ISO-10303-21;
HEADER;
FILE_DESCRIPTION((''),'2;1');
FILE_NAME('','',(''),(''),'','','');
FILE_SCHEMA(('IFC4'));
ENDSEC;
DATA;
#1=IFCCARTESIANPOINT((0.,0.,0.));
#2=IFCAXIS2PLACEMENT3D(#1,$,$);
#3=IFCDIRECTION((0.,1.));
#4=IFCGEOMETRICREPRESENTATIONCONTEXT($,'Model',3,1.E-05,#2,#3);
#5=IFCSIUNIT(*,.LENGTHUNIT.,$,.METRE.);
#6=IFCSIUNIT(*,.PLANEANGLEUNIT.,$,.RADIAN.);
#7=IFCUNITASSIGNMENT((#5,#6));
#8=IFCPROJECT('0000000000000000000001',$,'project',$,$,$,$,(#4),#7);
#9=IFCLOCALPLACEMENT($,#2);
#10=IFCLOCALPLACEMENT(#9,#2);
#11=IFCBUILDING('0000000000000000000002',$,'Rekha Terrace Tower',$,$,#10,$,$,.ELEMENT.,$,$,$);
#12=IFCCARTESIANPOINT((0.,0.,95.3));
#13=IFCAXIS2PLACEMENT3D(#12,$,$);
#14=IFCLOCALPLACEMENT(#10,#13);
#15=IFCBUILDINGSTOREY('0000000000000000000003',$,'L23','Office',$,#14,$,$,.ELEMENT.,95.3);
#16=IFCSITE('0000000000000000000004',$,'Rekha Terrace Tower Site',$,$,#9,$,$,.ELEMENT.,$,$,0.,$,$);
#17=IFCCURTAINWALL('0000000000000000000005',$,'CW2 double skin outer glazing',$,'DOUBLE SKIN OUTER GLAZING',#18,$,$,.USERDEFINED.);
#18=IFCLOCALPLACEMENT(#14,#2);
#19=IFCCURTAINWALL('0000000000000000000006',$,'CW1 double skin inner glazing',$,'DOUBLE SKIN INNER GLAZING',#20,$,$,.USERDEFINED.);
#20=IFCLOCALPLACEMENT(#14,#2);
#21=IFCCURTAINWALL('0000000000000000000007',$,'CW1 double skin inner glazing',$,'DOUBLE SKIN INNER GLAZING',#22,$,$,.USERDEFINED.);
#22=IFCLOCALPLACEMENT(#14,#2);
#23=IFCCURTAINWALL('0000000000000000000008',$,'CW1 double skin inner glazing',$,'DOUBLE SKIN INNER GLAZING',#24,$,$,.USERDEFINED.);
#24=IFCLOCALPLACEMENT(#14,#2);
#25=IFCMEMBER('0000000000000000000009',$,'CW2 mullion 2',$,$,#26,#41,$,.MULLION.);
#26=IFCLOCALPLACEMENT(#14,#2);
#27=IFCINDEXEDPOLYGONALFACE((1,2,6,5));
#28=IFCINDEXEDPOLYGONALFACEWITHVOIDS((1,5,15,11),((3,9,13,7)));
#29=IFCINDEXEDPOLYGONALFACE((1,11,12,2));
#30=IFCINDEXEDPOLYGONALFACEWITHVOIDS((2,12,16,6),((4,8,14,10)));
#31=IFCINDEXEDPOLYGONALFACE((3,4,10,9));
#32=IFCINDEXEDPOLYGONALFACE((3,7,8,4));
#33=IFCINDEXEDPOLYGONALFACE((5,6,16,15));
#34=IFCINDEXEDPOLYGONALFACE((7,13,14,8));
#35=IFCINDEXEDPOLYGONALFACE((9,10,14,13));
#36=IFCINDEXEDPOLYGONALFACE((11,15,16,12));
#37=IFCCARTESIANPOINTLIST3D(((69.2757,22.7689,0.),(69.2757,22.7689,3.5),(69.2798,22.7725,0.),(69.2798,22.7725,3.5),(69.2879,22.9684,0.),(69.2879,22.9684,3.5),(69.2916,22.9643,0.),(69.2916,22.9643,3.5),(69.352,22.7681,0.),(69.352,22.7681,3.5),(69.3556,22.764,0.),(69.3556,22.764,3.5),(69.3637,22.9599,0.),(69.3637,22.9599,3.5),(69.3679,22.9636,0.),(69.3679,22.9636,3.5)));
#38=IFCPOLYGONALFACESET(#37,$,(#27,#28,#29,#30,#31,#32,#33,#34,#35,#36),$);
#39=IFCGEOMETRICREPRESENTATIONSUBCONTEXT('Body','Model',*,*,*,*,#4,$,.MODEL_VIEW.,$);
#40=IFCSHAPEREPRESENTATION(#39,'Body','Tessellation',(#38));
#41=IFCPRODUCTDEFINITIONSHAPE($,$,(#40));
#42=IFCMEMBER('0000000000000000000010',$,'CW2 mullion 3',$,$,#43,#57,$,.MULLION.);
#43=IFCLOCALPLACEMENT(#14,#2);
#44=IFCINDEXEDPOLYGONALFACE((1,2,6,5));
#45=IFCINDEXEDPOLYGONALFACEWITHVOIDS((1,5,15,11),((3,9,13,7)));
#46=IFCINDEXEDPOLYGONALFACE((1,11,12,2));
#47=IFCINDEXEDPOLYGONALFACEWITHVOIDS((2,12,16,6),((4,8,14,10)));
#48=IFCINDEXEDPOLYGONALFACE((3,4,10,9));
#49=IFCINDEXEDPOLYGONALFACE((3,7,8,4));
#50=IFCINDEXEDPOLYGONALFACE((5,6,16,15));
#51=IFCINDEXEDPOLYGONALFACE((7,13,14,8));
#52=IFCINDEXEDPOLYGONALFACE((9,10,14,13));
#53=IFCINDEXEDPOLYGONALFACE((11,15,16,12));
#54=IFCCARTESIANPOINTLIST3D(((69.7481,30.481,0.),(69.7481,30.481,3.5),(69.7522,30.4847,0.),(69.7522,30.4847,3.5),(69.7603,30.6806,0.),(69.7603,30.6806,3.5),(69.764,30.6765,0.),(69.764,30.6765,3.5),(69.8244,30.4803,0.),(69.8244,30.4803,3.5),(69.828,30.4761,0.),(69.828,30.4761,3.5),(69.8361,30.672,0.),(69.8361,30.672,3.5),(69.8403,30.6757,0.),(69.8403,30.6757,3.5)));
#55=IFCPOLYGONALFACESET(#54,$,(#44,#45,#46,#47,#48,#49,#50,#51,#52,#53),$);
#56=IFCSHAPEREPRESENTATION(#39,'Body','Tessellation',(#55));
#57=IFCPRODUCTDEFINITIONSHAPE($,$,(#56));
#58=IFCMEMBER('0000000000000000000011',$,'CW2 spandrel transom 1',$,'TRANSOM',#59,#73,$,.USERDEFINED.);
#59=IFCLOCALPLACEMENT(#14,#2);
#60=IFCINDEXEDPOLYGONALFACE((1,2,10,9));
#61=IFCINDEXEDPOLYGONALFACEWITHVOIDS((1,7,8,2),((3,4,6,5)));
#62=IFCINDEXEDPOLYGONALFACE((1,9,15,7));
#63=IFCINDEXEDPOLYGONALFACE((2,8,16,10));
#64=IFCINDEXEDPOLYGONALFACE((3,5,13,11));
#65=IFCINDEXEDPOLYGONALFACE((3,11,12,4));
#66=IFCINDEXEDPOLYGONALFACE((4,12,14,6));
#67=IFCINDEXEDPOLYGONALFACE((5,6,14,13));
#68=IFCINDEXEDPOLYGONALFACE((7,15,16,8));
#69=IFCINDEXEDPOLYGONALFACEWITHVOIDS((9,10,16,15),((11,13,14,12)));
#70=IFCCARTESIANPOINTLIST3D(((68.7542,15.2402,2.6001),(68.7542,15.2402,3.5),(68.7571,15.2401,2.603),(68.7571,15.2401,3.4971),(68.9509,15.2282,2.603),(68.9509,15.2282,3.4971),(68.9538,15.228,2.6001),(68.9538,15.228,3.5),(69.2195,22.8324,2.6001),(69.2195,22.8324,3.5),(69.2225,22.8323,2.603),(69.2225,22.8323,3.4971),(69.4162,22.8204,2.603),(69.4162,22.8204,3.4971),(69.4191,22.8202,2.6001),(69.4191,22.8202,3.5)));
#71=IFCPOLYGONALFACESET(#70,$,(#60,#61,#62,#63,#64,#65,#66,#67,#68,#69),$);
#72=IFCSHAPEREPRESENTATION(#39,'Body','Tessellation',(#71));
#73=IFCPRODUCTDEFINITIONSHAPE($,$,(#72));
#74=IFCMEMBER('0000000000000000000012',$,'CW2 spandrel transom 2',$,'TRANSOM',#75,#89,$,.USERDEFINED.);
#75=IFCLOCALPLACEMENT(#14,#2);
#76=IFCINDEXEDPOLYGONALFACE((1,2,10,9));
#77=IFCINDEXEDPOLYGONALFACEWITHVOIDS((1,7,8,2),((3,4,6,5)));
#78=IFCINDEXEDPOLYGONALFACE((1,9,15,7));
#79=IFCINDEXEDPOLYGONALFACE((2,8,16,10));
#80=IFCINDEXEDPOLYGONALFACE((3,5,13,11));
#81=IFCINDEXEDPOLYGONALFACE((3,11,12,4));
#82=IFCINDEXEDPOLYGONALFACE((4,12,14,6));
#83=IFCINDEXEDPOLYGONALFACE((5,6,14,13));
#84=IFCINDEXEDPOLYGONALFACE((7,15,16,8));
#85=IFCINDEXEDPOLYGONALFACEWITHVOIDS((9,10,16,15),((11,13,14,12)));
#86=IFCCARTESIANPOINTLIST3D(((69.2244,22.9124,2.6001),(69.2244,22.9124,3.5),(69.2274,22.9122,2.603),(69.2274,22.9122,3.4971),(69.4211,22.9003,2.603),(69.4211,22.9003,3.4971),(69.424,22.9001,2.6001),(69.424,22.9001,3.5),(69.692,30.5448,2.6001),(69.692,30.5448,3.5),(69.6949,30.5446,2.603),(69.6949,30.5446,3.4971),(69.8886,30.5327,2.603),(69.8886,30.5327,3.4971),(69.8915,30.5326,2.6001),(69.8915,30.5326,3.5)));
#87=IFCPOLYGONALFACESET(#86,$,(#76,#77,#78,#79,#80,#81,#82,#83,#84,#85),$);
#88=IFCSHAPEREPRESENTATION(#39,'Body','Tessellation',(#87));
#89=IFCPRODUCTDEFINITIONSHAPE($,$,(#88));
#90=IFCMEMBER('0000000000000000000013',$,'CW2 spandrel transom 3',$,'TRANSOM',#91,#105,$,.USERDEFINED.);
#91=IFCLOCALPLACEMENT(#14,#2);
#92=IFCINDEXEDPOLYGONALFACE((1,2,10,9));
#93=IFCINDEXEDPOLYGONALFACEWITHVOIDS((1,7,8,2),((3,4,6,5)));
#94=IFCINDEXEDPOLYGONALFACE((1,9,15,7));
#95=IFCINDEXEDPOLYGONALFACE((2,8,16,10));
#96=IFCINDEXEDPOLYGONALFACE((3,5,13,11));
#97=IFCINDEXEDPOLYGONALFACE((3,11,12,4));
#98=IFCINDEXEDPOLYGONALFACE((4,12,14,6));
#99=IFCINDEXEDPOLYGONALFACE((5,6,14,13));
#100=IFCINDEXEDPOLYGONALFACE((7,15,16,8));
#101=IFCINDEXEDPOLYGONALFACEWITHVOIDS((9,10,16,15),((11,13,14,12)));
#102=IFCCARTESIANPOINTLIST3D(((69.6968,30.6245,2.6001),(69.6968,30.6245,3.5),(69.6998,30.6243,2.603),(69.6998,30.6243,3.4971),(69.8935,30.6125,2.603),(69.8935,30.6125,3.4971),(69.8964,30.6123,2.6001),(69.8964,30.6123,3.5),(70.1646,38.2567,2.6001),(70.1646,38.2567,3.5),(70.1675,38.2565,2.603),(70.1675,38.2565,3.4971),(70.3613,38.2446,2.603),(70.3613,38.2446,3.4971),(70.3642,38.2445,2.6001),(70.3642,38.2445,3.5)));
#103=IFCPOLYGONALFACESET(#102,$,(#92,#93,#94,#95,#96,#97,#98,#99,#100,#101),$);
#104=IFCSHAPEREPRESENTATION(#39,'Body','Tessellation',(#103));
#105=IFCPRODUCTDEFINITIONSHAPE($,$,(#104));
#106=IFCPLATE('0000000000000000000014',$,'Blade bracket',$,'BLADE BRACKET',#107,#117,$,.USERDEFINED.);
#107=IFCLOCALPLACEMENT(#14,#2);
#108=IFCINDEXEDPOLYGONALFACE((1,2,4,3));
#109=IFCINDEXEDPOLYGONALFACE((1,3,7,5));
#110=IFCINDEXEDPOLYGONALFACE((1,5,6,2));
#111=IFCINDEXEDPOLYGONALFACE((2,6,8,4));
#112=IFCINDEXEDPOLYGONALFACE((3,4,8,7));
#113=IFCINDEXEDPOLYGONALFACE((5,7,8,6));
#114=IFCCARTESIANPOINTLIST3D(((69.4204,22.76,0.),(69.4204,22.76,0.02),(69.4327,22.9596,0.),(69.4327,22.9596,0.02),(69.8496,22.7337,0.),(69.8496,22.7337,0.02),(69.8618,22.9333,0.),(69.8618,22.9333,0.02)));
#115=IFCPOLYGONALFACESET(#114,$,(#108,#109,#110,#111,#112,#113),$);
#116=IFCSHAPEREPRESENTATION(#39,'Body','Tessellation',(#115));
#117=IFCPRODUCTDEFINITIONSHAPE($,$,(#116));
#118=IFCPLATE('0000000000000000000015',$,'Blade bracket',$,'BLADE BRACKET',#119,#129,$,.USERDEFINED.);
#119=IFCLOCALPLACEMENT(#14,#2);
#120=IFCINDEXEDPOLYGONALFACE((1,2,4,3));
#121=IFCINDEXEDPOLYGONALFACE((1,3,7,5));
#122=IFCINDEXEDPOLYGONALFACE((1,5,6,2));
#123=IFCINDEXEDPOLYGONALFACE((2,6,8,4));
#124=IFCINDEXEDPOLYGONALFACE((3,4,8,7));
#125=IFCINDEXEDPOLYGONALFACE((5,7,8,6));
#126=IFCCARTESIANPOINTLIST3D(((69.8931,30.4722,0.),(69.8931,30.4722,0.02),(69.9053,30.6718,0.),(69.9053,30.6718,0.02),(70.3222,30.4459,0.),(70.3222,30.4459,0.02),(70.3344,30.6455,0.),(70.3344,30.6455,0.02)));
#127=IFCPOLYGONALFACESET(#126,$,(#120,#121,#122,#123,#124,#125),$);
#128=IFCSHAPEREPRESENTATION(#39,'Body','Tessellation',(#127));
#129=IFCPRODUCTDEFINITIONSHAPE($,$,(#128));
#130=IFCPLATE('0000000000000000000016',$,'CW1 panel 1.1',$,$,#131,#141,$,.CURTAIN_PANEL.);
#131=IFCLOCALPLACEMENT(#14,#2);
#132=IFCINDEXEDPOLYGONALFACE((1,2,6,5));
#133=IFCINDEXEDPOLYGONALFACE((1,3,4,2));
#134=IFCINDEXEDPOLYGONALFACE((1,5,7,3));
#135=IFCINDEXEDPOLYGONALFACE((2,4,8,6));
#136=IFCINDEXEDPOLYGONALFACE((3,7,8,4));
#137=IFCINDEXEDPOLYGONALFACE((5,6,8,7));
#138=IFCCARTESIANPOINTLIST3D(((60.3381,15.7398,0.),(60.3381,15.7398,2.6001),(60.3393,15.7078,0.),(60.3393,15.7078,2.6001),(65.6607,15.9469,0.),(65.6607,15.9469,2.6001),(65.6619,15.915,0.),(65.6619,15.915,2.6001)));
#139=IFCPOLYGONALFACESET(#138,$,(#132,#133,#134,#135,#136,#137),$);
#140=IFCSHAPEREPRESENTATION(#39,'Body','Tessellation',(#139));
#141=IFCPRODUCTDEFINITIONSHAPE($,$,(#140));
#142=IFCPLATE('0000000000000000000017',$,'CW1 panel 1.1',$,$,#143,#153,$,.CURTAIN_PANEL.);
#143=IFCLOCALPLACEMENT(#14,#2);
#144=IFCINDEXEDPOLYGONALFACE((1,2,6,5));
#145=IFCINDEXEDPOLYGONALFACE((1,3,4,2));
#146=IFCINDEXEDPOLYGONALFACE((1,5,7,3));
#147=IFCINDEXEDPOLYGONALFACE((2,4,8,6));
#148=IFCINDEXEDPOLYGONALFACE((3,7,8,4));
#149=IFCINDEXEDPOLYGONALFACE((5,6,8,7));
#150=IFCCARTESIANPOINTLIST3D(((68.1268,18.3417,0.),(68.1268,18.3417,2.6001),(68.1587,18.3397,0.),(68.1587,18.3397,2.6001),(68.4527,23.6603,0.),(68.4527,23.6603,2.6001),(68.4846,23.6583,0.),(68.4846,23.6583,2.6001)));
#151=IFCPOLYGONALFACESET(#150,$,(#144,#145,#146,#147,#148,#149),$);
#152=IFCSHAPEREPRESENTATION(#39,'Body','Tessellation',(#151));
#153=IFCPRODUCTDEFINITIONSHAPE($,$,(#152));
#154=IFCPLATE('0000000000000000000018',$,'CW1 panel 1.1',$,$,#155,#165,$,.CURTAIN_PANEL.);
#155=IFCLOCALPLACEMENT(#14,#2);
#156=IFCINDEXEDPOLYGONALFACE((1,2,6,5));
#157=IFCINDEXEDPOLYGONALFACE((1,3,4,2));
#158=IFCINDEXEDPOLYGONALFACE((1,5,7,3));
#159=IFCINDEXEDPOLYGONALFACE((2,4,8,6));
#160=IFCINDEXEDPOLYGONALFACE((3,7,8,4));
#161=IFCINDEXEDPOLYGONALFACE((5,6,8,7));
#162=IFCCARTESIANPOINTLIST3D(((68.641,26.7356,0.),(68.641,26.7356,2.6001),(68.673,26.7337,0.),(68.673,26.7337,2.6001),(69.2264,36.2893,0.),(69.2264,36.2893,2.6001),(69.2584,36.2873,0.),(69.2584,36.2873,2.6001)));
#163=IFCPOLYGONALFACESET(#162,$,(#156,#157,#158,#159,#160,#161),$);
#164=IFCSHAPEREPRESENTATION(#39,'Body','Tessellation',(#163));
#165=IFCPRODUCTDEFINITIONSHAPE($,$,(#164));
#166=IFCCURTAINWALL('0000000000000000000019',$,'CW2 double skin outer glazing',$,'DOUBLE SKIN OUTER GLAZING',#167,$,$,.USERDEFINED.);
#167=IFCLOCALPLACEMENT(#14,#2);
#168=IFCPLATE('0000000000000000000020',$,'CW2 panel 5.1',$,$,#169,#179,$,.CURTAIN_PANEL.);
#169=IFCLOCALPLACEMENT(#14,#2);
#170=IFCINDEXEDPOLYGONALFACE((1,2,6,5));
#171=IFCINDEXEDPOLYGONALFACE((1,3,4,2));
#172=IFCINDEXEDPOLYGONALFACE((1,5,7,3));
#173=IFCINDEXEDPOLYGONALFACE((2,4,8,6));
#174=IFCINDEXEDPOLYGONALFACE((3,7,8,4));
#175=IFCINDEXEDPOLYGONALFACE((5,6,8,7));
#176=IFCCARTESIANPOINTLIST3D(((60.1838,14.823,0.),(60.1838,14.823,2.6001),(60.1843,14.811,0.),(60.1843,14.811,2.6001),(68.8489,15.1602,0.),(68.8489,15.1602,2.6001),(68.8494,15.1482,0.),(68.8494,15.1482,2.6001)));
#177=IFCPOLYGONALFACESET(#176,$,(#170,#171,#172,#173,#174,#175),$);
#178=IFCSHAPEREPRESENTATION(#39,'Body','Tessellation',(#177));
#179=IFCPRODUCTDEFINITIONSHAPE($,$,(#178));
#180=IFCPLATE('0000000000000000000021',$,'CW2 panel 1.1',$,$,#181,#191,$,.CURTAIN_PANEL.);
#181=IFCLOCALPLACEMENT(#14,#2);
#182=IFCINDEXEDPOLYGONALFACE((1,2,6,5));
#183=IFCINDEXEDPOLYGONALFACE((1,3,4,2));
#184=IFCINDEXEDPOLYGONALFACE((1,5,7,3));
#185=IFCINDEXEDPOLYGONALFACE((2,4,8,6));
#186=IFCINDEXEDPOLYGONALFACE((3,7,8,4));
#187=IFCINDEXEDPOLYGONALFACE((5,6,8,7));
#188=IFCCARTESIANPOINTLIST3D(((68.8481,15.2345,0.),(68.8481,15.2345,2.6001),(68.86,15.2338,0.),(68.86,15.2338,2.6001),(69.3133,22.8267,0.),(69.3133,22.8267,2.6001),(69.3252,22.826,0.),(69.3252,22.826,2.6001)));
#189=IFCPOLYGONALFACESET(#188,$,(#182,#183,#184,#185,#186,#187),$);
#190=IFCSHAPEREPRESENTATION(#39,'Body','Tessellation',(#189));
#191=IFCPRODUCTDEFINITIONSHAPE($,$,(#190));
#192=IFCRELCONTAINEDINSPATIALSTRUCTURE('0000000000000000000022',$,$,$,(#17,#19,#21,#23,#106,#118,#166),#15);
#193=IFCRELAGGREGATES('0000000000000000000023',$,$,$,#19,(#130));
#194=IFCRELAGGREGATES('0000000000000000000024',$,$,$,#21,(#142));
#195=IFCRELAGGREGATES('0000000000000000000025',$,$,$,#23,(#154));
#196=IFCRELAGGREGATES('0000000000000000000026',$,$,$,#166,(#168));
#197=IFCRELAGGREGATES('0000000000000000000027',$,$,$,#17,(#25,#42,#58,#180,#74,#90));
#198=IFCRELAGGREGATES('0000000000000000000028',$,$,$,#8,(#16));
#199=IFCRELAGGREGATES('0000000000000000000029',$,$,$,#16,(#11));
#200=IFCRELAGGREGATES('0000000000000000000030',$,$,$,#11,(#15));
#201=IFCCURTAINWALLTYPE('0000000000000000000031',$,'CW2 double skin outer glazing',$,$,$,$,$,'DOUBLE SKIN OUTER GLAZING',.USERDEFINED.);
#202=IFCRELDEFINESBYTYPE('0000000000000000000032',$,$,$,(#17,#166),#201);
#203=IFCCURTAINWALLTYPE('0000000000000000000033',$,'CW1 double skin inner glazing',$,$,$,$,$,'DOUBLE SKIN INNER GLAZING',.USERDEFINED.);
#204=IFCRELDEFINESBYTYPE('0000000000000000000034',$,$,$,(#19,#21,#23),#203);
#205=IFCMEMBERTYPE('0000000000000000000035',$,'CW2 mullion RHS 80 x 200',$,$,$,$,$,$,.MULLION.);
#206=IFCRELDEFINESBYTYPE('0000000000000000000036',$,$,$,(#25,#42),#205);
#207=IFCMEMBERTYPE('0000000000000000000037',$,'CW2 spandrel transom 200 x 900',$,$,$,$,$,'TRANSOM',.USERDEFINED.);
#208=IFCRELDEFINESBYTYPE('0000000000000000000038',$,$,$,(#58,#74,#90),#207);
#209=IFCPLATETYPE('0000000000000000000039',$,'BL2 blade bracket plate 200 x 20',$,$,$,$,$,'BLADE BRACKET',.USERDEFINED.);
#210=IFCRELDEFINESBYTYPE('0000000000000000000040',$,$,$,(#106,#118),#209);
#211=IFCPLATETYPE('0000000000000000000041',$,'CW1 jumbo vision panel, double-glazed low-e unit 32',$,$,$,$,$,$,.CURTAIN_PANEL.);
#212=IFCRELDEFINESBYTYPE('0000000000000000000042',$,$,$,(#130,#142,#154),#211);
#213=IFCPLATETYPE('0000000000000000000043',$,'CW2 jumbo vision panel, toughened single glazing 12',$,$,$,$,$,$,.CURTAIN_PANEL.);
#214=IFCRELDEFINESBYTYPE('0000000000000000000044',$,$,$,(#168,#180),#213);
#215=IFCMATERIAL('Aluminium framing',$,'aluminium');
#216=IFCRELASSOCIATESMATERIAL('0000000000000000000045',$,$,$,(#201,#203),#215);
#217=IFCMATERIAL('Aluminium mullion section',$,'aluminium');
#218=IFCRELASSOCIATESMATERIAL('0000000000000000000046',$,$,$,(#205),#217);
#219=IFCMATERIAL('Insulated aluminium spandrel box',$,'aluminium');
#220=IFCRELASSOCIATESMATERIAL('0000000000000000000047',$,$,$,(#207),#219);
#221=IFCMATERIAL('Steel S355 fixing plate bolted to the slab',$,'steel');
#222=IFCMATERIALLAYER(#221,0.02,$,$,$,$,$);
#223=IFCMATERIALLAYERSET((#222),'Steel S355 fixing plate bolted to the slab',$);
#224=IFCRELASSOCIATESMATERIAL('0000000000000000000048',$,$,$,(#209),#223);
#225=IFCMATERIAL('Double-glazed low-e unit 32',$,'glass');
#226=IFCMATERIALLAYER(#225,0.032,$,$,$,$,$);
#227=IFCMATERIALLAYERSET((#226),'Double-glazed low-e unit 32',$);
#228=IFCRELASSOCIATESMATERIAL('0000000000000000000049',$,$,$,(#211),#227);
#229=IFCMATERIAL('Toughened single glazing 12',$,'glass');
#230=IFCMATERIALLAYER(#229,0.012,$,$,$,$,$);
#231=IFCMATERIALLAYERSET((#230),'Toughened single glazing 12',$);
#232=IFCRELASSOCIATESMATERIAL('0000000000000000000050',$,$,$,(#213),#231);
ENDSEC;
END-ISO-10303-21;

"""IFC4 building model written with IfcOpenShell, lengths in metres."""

from ifc_helpers import new_model, si_unit, direction, frame, origin, origin_2d, place, context, subcontext, project, spatial, rectangle, hollow_rectangle, extrude, material, layer, layer_set, material_profile, profile_set, type_object, element, aggregate, save


model = new_model("IFC4")

# Units and contexts
model_context = context("Model", 3, precision=1e-05, world=origin(), true_north=direction((0.0, 1.0)))
body_context = subcontext(model_context, "Body", "Model", "MODEL_VIEW")
ifc_project = project(units=[si_unit("LENGTHUNIT", "METRE"), si_unit("PLANEANGLEUNIT", "RADIAN")], contexts=[model_context])

# Site, building, storey
site_placement = place(None, origin())
site = spatial("IfcSite", under=ifc_project, at=site_placement, Name="Rekha Terrace Tower Site", CompositionType="ELEMENT", RefElevation=0.0)
building_placement = place(site_placement, origin())
building = spatial("IfcBuilding", under=site, at=building_placement, Name="Rekha Terrace Tower", CompositionType="ELEMENT")
storey_placement = place(building_placement, frame((0.0, 0.0, 95.3)))
storey = spatial("IfcBuildingStorey", under=building, at=storey_placement, Name="L23", Description="Office", CompositionType="ELEMENT", Elevation=95.3)

# Curtain wall
ifc_material_1 = material(Name="Aluminium framing", Category="aluminium")
curtain_wall_type_1 = type_object("IfcCurtainWallType", Name="CW2 double skin outer glazing", ElementType="DOUBLE SKIN OUTER GLAZING", PredefinedType="USERDEFINED", material=ifc_material_1)
curtain_wall_1_placement = place(storey_placement, origin())
curtain_wall_1 = element("IfcCurtainWall", 1, at=curtain_wall_1_placement, inside=storey, type_object=curtain_wall_type_1, Name="CW2 double skin outer glazing", ObjectType="DOUBLE SKIN OUTER GLAZING", PredefinedType="USERDEFINED")

# Curtain wall
curtain_wall_type_2 = type_object("IfcCurtainWallType", Name="CW1 double skin inner glazing", ElementType="DOUBLE SKIN INNER GLAZING", PredefinedType="USERDEFINED", material=ifc_material_1)
curtain_wall_2_placement = place(storey_placement, origin())
curtain_wall_2 = element("IfcCurtainWall", 2, at=curtain_wall_2_placement, inside=storey, type_object=curtain_wall_type_2, Name="CW1 double skin inner glazing", ObjectType="DOUBLE SKIN INNER GLAZING", PredefinedType="USERDEFINED")
ifc_material_2 = material(Name="Aluminium mullion section", Category="aluminium")

# Curtain wall
curtain_wall_3_placement = place(storey_placement, origin())
curtain_wall_3 = element("IfcCurtainWall", 3, at=curtain_wall_3_placement, inside=storey, type_object=curtain_wall_type_2, Name="CW1 double skin inner glazing", ObjectType="DOUBLE SKIN INNER GLAZING", PredefinedType="USERDEFINED")

# Curtain wall
curtain_wall_4_placement = place(storey_placement, origin())
curtain_wall_4 = element("IfcCurtainWall", 4, at=curtain_wall_4_placement, inside=storey, type_object=curtain_wall_type_2, Name="CW1 double skin inner glazing", ObjectType="DOUBLE SKIN INNER GLAZING", PredefinedType="USERDEFINED")

# Members
ifc_material_3 = material(Name="Insulated aluminium spandrel box", Category="aluminium")
ifc_material_profile_1 = material_profile(ifc_material_2, hollow_rectangle(XDim=0.0801, YDim=0.2, WallThickness=0.0039, at=origin_2d()), Name="AL RHS 80x200")
ifc_profile_set_1 = profile_set([ifc_material_profile_1], Name="Aluminium mullion section")
member_type_1 = type_object("IfcMemberType", Name="CW2 mullion RHS 80 x 200", PredefinedType="MULLION", material=ifc_profile_set_1)
member_1_placement = place(storey_placement, frame((69.3218, 22.8662, 0.0), z_axis=(0.0, 0.0, 1.0), x_axis=(-0.998128, 0.06116, 0.0)))
member_1 = element("IfcMember", 5, at=member_1_placement, type_object=member_type_1, Name="CW2 mullion 2", PredefinedType="MULLION", context=body_context, shape_type="SweptSolid", body=[
    extrude(hollow_rectangle(XDim=0.0801, YDim=0.2, WallThickness=0.0039, at=origin_2d()), origin(), (0.0, 0.0, 1.0), 3.5),
])
member_2_placement = place(storey_placement, frame((69.7942, 30.5784, 0.0), z_axis=(0.0, 0.0, 1.0), x_axis=(-0.998128, 0.06116, 0.0)))
member_2 = element("IfcMember", 6, at=member_2_placement, type_object=member_type_1, Name="CW2 mullion 3", PredefinedType="MULLION", context=body_context, shape_type="SweptSolid", body=[
    extrude(hollow_rectangle(XDim=0.0801, YDim=0.2, WallThickness=0.0039, at=origin_2d()), origin(), (0.0, 0.0, 1.0), 3.5),
])
ifc_material_profile_2 = material_profile(ifc_material_3, hollow_rectangle(XDim=0.2, YDim=0.8999, WallThickness=0.0029, at=origin_2d()), Name="AL SPANDREL BOX 200x900")
ifc_profile_set_2 = profile_set([ifc_material_profile_2], Name="Insulated aluminium spandrel box")
member_type_2 = type_object("IfcMemberType", Name="CW2 spandrel transom 200 x 900", ElementType="TRANSOM", PredefinedType="USERDEFINED", material=ifc_profile_set_2)
member_3_placement = place(storey_placement, frame((68.854, 15.2341, 3.05), z_axis=(0.061175, 0.998127, 0.0), x_axis=(-0.998127, 0.061175, 0.0)))
member_3 = element("IfcMember", 7, at=member_3_placement, type_object=member_type_2, Name="CW2 spandrel transom 1", ObjectType="TRANSOM", PredefinedType="USERDEFINED", context=body_context, shape_type="SweptSolid", body=[
    extrude(hollow_rectangle(XDim=0.2, YDim=0.8999, WallThickness=0.0029, at=origin_2d()), origin(), (0.0, 0.0, 1.0), 7.6064),
])
member_4_placement = place(storey_placement, frame((69.3242, 22.9062, 3.05), z_axis=(0.061142, 0.998129, 0.0), x_axis=(-0.998129, 0.061142, 0.0)))
member_4 = element("IfcMember", 8, at=member_4_placement, type_object=member_type_2, Name="CW2 spandrel transom 2", ObjectType="TRANSOM", PredefinedType="USERDEFINED", context=body_context, shape_type="SweptSolid", body=[
    extrude(hollow_rectangle(XDim=0.2, YDim=0.8999, WallThickness=0.0029, at=origin_2d()), origin(), (0.0, 0.0, 1.0), 7.6467),
])
member_5_placement = place(storey_placement, frame((69.7966, 30.6184, 3.05), z_axis=(0.061176, 0.998127, 0.0), x_axis=(-0.998127, 0.061176, 0.0)))
member_5 = element("IfcMember", 9, at=member_5_placement, type_object=member_type_2, Name="CW2 spandrel transom 3", ObjectType="TRANSOM", PredefinedType="USERDEFINED", context=body_context, shape_type="SweptSolid", body=[
    extrude(hollow_rectangle(XDim=0.2, YDim=0.8999, WallThickness=0.0029, at=origin_2d()), origin(), (0.0, 0.0, 1.0), 7.6465),
])

# Plates
ifc_material_4 = material(Name="Steel S355 fixing plate bolted to the slab", Category="steel")
ifc_layer_1 = layer(ifc_material_4, 0.02)
ifc_layer_set_1 = layer_set([ifc_layer_1], Name="Steel S355 fixing plate bolted to the slab")
plate_type_1 = type_object("IfcPlateType", Name="BL2 blade bracket plate 200 x 20", ElementType="BLADE BRACKET", PredefinedType="USERDEFINED", material=ifc_layer_set_1)
for number, where, z_axis, x_axis, name in (
    (10, (69.6411, 22.8467, 0.0), (0.0, 0.0, 1.0), (0.998128, -0.06116, 0.0), "Blade bracket"),
    (11, (70.1138, 30.5588, 0.0), (0.0, 0.0, 1.0), (0.998128, -0.06116, 0.0), "Blade bracket"),
):
    element("IfcPlate", number, at=place(storey_placement, frame(where, z_axis=z_axis, x_axis=x_axis)), inside=storey, type_object=plate_type_1, Name=name, ObjectType="BLADE BRACKET", PredefinedType="USERDEFINED", context=body_context, shape_type="SweptSolid", body=[
        extrude(rectangle(XDim=0.4299, YDim=0.2, at=origin_2d()), origin(), (0.0, 0.0, 1.0), 0.02),
    ])

# Plates
ifc_material_5 = material(Name="Double-glazed low-e unit 32", Category="glass")
ifc_layer_2 = layer(ifc_material_5, 0.032)
ifc_layer_set_2 = layer_set([ifc_layer_2], Name="Double-glazed low-e unit 32")
plate_type_2 = type_object("IfcPlateType", Name="CW1 jumbo vision panel, double-glazed low-e unit 32", PredefinedType="CURTAIN_PANEL", material=ifc_layer_set_2)
plate_1_placement = place(storey_placement, frame((63.0, 15.8274, 0.0), z_axis=(0.0, 0.0, 1.0), x_axis=(0.999243, 0.03889, 0.0)))
plate_1 = element("IfcPlate", 12, at=plate_1_placement, type_object=plate_type_2, Name="CW1 panel 1.1", PredefinedType="CURTAIN_PANEL", context=body_context, shape_type="SweptSolid", body=[
    extrude(rectangle(XDim=5.3267, YDim=0.032, at=origin_2d()), origin(), (0.0, 0.0, 1.0), 2.6001),
])
aggregate(curtain_wall_2, [plate_1])
plate_2_placement = place(storey_placement, frame((68.3057, 21.0, 0.0), z_axis=(0.0, 0.0, 1.0), x_axis=(0.06116, 0.998128, 0.0)))
plate_2 = element("IfcPlate", 13, at=plate_2_placement, type_object=plate_type_2, Name="CW1 panel 1.1", PredefinedType="CURTAIN_PANEL", context=body_context, shape_type="SweptSolid", body=[
    extrude(rectangle(XDim=5.3286, YDim=0.032, at=origin_2d()), origin(), (0.0, 0.0, 1.0), 2.6001),
])
aggregate(curtain_wall_3, [plate_2])
plate_3_placement = place(storey_placement, frame((68.9497, 31.5115, 0.0), z_axis=(0.0, 0.0, 1.0), x_axis=(0.06116, 0.998128, 0.0)))
plate_3 = element("IfcPlate", 14, at=plate_3_placement, type_object=plate_type_2, Name="CW1 panel 1.1", PredefinedType="CURTAIN_PANEL", context=body_context, shape_type="SweptSolid", body=[
    extrude(rectangle(XDim=9.5715, YDim=0.032, at=origin_2d()), origin(), (0.0, 0.0, 1.0), 2.6001),
])
aggregate(curtain_wall_4, [plate_3])

# Curtain wall, plate
curtain_wall_5_placement = place(storey_placement, origin())
curtain_wall_5 = element("IfcCurtainWall", 15, at=curtain_wall_5_placement, inside=storey, type_object=curtain_wall_type_1, Name="CW2 double skin outer glazing", ObjectType="DOUBLE SKIN OUTER GLAZING", PredefinedType="USERDEFINED")
ifc_material_6 = material(Name="Toughened single glazing 12", Category="glass")
ifc_layer_3 = layer(ifc_material_6, 0.012)
ifc_layer_set_3 = layer_set([ifc_layer_3], Name="Toughened single glazing 12")
plate_type_3 = type_object("IfcPlateType", Name="CW2 jumbo vision panel, toughened single glazing 12", PredefinedType="CURTAIN_PANEL", material=ifc_layer_set_3)
plate_4_placement = place(storey_placement, frame((64.5166, 14.9856, 0.0), z_axis=(0.0, 0.0, 1.0), x_axis=(0.999243, 0.03889, 0.0)))
plate_4 = element("IfcPlate", 16, at=plate_4_placement, type_object=plate_type_3, Name="CW2 panel 5.1", PredefinedType="CURTAIN_PANEL", context=body_context, shape_type="SweptSolid", body=[
    extrude(rectangle(XDim=8.6716, YDim=0.012, at=origin_2d()), origin(), (0.0, 0.0, 1.0), 2.6001),
])
aggregate(curtain_wall_5, [plate_4])

# Plate
plate_5_placement = place(storey_placement, frame((69.0867, 19.0303, 0.0), z_axis=(0.0, 0.0, 1.0), x_axis=(0.06116, 0.998128, 0.0)))
plate_5 = element("IfcPlate", 17, at=plate_5_placement, type_object=plate_type_3, Name="CW2 panel 1.1", PredefinedType="CURTAIN_PANEL", context=body_context, shape_type="SweptSolid", body=[
    extrude(rectangle(XDim=7.6064, YDim=0.012, at=origin_2d()), origin(), (0.0, 0.0, 1.0), 2.6001),
])
aggregate(curtain_wall_1, [member_1, member_2, member_3, plate_5, member_4, member_5])

save(model, "model.ifc")
